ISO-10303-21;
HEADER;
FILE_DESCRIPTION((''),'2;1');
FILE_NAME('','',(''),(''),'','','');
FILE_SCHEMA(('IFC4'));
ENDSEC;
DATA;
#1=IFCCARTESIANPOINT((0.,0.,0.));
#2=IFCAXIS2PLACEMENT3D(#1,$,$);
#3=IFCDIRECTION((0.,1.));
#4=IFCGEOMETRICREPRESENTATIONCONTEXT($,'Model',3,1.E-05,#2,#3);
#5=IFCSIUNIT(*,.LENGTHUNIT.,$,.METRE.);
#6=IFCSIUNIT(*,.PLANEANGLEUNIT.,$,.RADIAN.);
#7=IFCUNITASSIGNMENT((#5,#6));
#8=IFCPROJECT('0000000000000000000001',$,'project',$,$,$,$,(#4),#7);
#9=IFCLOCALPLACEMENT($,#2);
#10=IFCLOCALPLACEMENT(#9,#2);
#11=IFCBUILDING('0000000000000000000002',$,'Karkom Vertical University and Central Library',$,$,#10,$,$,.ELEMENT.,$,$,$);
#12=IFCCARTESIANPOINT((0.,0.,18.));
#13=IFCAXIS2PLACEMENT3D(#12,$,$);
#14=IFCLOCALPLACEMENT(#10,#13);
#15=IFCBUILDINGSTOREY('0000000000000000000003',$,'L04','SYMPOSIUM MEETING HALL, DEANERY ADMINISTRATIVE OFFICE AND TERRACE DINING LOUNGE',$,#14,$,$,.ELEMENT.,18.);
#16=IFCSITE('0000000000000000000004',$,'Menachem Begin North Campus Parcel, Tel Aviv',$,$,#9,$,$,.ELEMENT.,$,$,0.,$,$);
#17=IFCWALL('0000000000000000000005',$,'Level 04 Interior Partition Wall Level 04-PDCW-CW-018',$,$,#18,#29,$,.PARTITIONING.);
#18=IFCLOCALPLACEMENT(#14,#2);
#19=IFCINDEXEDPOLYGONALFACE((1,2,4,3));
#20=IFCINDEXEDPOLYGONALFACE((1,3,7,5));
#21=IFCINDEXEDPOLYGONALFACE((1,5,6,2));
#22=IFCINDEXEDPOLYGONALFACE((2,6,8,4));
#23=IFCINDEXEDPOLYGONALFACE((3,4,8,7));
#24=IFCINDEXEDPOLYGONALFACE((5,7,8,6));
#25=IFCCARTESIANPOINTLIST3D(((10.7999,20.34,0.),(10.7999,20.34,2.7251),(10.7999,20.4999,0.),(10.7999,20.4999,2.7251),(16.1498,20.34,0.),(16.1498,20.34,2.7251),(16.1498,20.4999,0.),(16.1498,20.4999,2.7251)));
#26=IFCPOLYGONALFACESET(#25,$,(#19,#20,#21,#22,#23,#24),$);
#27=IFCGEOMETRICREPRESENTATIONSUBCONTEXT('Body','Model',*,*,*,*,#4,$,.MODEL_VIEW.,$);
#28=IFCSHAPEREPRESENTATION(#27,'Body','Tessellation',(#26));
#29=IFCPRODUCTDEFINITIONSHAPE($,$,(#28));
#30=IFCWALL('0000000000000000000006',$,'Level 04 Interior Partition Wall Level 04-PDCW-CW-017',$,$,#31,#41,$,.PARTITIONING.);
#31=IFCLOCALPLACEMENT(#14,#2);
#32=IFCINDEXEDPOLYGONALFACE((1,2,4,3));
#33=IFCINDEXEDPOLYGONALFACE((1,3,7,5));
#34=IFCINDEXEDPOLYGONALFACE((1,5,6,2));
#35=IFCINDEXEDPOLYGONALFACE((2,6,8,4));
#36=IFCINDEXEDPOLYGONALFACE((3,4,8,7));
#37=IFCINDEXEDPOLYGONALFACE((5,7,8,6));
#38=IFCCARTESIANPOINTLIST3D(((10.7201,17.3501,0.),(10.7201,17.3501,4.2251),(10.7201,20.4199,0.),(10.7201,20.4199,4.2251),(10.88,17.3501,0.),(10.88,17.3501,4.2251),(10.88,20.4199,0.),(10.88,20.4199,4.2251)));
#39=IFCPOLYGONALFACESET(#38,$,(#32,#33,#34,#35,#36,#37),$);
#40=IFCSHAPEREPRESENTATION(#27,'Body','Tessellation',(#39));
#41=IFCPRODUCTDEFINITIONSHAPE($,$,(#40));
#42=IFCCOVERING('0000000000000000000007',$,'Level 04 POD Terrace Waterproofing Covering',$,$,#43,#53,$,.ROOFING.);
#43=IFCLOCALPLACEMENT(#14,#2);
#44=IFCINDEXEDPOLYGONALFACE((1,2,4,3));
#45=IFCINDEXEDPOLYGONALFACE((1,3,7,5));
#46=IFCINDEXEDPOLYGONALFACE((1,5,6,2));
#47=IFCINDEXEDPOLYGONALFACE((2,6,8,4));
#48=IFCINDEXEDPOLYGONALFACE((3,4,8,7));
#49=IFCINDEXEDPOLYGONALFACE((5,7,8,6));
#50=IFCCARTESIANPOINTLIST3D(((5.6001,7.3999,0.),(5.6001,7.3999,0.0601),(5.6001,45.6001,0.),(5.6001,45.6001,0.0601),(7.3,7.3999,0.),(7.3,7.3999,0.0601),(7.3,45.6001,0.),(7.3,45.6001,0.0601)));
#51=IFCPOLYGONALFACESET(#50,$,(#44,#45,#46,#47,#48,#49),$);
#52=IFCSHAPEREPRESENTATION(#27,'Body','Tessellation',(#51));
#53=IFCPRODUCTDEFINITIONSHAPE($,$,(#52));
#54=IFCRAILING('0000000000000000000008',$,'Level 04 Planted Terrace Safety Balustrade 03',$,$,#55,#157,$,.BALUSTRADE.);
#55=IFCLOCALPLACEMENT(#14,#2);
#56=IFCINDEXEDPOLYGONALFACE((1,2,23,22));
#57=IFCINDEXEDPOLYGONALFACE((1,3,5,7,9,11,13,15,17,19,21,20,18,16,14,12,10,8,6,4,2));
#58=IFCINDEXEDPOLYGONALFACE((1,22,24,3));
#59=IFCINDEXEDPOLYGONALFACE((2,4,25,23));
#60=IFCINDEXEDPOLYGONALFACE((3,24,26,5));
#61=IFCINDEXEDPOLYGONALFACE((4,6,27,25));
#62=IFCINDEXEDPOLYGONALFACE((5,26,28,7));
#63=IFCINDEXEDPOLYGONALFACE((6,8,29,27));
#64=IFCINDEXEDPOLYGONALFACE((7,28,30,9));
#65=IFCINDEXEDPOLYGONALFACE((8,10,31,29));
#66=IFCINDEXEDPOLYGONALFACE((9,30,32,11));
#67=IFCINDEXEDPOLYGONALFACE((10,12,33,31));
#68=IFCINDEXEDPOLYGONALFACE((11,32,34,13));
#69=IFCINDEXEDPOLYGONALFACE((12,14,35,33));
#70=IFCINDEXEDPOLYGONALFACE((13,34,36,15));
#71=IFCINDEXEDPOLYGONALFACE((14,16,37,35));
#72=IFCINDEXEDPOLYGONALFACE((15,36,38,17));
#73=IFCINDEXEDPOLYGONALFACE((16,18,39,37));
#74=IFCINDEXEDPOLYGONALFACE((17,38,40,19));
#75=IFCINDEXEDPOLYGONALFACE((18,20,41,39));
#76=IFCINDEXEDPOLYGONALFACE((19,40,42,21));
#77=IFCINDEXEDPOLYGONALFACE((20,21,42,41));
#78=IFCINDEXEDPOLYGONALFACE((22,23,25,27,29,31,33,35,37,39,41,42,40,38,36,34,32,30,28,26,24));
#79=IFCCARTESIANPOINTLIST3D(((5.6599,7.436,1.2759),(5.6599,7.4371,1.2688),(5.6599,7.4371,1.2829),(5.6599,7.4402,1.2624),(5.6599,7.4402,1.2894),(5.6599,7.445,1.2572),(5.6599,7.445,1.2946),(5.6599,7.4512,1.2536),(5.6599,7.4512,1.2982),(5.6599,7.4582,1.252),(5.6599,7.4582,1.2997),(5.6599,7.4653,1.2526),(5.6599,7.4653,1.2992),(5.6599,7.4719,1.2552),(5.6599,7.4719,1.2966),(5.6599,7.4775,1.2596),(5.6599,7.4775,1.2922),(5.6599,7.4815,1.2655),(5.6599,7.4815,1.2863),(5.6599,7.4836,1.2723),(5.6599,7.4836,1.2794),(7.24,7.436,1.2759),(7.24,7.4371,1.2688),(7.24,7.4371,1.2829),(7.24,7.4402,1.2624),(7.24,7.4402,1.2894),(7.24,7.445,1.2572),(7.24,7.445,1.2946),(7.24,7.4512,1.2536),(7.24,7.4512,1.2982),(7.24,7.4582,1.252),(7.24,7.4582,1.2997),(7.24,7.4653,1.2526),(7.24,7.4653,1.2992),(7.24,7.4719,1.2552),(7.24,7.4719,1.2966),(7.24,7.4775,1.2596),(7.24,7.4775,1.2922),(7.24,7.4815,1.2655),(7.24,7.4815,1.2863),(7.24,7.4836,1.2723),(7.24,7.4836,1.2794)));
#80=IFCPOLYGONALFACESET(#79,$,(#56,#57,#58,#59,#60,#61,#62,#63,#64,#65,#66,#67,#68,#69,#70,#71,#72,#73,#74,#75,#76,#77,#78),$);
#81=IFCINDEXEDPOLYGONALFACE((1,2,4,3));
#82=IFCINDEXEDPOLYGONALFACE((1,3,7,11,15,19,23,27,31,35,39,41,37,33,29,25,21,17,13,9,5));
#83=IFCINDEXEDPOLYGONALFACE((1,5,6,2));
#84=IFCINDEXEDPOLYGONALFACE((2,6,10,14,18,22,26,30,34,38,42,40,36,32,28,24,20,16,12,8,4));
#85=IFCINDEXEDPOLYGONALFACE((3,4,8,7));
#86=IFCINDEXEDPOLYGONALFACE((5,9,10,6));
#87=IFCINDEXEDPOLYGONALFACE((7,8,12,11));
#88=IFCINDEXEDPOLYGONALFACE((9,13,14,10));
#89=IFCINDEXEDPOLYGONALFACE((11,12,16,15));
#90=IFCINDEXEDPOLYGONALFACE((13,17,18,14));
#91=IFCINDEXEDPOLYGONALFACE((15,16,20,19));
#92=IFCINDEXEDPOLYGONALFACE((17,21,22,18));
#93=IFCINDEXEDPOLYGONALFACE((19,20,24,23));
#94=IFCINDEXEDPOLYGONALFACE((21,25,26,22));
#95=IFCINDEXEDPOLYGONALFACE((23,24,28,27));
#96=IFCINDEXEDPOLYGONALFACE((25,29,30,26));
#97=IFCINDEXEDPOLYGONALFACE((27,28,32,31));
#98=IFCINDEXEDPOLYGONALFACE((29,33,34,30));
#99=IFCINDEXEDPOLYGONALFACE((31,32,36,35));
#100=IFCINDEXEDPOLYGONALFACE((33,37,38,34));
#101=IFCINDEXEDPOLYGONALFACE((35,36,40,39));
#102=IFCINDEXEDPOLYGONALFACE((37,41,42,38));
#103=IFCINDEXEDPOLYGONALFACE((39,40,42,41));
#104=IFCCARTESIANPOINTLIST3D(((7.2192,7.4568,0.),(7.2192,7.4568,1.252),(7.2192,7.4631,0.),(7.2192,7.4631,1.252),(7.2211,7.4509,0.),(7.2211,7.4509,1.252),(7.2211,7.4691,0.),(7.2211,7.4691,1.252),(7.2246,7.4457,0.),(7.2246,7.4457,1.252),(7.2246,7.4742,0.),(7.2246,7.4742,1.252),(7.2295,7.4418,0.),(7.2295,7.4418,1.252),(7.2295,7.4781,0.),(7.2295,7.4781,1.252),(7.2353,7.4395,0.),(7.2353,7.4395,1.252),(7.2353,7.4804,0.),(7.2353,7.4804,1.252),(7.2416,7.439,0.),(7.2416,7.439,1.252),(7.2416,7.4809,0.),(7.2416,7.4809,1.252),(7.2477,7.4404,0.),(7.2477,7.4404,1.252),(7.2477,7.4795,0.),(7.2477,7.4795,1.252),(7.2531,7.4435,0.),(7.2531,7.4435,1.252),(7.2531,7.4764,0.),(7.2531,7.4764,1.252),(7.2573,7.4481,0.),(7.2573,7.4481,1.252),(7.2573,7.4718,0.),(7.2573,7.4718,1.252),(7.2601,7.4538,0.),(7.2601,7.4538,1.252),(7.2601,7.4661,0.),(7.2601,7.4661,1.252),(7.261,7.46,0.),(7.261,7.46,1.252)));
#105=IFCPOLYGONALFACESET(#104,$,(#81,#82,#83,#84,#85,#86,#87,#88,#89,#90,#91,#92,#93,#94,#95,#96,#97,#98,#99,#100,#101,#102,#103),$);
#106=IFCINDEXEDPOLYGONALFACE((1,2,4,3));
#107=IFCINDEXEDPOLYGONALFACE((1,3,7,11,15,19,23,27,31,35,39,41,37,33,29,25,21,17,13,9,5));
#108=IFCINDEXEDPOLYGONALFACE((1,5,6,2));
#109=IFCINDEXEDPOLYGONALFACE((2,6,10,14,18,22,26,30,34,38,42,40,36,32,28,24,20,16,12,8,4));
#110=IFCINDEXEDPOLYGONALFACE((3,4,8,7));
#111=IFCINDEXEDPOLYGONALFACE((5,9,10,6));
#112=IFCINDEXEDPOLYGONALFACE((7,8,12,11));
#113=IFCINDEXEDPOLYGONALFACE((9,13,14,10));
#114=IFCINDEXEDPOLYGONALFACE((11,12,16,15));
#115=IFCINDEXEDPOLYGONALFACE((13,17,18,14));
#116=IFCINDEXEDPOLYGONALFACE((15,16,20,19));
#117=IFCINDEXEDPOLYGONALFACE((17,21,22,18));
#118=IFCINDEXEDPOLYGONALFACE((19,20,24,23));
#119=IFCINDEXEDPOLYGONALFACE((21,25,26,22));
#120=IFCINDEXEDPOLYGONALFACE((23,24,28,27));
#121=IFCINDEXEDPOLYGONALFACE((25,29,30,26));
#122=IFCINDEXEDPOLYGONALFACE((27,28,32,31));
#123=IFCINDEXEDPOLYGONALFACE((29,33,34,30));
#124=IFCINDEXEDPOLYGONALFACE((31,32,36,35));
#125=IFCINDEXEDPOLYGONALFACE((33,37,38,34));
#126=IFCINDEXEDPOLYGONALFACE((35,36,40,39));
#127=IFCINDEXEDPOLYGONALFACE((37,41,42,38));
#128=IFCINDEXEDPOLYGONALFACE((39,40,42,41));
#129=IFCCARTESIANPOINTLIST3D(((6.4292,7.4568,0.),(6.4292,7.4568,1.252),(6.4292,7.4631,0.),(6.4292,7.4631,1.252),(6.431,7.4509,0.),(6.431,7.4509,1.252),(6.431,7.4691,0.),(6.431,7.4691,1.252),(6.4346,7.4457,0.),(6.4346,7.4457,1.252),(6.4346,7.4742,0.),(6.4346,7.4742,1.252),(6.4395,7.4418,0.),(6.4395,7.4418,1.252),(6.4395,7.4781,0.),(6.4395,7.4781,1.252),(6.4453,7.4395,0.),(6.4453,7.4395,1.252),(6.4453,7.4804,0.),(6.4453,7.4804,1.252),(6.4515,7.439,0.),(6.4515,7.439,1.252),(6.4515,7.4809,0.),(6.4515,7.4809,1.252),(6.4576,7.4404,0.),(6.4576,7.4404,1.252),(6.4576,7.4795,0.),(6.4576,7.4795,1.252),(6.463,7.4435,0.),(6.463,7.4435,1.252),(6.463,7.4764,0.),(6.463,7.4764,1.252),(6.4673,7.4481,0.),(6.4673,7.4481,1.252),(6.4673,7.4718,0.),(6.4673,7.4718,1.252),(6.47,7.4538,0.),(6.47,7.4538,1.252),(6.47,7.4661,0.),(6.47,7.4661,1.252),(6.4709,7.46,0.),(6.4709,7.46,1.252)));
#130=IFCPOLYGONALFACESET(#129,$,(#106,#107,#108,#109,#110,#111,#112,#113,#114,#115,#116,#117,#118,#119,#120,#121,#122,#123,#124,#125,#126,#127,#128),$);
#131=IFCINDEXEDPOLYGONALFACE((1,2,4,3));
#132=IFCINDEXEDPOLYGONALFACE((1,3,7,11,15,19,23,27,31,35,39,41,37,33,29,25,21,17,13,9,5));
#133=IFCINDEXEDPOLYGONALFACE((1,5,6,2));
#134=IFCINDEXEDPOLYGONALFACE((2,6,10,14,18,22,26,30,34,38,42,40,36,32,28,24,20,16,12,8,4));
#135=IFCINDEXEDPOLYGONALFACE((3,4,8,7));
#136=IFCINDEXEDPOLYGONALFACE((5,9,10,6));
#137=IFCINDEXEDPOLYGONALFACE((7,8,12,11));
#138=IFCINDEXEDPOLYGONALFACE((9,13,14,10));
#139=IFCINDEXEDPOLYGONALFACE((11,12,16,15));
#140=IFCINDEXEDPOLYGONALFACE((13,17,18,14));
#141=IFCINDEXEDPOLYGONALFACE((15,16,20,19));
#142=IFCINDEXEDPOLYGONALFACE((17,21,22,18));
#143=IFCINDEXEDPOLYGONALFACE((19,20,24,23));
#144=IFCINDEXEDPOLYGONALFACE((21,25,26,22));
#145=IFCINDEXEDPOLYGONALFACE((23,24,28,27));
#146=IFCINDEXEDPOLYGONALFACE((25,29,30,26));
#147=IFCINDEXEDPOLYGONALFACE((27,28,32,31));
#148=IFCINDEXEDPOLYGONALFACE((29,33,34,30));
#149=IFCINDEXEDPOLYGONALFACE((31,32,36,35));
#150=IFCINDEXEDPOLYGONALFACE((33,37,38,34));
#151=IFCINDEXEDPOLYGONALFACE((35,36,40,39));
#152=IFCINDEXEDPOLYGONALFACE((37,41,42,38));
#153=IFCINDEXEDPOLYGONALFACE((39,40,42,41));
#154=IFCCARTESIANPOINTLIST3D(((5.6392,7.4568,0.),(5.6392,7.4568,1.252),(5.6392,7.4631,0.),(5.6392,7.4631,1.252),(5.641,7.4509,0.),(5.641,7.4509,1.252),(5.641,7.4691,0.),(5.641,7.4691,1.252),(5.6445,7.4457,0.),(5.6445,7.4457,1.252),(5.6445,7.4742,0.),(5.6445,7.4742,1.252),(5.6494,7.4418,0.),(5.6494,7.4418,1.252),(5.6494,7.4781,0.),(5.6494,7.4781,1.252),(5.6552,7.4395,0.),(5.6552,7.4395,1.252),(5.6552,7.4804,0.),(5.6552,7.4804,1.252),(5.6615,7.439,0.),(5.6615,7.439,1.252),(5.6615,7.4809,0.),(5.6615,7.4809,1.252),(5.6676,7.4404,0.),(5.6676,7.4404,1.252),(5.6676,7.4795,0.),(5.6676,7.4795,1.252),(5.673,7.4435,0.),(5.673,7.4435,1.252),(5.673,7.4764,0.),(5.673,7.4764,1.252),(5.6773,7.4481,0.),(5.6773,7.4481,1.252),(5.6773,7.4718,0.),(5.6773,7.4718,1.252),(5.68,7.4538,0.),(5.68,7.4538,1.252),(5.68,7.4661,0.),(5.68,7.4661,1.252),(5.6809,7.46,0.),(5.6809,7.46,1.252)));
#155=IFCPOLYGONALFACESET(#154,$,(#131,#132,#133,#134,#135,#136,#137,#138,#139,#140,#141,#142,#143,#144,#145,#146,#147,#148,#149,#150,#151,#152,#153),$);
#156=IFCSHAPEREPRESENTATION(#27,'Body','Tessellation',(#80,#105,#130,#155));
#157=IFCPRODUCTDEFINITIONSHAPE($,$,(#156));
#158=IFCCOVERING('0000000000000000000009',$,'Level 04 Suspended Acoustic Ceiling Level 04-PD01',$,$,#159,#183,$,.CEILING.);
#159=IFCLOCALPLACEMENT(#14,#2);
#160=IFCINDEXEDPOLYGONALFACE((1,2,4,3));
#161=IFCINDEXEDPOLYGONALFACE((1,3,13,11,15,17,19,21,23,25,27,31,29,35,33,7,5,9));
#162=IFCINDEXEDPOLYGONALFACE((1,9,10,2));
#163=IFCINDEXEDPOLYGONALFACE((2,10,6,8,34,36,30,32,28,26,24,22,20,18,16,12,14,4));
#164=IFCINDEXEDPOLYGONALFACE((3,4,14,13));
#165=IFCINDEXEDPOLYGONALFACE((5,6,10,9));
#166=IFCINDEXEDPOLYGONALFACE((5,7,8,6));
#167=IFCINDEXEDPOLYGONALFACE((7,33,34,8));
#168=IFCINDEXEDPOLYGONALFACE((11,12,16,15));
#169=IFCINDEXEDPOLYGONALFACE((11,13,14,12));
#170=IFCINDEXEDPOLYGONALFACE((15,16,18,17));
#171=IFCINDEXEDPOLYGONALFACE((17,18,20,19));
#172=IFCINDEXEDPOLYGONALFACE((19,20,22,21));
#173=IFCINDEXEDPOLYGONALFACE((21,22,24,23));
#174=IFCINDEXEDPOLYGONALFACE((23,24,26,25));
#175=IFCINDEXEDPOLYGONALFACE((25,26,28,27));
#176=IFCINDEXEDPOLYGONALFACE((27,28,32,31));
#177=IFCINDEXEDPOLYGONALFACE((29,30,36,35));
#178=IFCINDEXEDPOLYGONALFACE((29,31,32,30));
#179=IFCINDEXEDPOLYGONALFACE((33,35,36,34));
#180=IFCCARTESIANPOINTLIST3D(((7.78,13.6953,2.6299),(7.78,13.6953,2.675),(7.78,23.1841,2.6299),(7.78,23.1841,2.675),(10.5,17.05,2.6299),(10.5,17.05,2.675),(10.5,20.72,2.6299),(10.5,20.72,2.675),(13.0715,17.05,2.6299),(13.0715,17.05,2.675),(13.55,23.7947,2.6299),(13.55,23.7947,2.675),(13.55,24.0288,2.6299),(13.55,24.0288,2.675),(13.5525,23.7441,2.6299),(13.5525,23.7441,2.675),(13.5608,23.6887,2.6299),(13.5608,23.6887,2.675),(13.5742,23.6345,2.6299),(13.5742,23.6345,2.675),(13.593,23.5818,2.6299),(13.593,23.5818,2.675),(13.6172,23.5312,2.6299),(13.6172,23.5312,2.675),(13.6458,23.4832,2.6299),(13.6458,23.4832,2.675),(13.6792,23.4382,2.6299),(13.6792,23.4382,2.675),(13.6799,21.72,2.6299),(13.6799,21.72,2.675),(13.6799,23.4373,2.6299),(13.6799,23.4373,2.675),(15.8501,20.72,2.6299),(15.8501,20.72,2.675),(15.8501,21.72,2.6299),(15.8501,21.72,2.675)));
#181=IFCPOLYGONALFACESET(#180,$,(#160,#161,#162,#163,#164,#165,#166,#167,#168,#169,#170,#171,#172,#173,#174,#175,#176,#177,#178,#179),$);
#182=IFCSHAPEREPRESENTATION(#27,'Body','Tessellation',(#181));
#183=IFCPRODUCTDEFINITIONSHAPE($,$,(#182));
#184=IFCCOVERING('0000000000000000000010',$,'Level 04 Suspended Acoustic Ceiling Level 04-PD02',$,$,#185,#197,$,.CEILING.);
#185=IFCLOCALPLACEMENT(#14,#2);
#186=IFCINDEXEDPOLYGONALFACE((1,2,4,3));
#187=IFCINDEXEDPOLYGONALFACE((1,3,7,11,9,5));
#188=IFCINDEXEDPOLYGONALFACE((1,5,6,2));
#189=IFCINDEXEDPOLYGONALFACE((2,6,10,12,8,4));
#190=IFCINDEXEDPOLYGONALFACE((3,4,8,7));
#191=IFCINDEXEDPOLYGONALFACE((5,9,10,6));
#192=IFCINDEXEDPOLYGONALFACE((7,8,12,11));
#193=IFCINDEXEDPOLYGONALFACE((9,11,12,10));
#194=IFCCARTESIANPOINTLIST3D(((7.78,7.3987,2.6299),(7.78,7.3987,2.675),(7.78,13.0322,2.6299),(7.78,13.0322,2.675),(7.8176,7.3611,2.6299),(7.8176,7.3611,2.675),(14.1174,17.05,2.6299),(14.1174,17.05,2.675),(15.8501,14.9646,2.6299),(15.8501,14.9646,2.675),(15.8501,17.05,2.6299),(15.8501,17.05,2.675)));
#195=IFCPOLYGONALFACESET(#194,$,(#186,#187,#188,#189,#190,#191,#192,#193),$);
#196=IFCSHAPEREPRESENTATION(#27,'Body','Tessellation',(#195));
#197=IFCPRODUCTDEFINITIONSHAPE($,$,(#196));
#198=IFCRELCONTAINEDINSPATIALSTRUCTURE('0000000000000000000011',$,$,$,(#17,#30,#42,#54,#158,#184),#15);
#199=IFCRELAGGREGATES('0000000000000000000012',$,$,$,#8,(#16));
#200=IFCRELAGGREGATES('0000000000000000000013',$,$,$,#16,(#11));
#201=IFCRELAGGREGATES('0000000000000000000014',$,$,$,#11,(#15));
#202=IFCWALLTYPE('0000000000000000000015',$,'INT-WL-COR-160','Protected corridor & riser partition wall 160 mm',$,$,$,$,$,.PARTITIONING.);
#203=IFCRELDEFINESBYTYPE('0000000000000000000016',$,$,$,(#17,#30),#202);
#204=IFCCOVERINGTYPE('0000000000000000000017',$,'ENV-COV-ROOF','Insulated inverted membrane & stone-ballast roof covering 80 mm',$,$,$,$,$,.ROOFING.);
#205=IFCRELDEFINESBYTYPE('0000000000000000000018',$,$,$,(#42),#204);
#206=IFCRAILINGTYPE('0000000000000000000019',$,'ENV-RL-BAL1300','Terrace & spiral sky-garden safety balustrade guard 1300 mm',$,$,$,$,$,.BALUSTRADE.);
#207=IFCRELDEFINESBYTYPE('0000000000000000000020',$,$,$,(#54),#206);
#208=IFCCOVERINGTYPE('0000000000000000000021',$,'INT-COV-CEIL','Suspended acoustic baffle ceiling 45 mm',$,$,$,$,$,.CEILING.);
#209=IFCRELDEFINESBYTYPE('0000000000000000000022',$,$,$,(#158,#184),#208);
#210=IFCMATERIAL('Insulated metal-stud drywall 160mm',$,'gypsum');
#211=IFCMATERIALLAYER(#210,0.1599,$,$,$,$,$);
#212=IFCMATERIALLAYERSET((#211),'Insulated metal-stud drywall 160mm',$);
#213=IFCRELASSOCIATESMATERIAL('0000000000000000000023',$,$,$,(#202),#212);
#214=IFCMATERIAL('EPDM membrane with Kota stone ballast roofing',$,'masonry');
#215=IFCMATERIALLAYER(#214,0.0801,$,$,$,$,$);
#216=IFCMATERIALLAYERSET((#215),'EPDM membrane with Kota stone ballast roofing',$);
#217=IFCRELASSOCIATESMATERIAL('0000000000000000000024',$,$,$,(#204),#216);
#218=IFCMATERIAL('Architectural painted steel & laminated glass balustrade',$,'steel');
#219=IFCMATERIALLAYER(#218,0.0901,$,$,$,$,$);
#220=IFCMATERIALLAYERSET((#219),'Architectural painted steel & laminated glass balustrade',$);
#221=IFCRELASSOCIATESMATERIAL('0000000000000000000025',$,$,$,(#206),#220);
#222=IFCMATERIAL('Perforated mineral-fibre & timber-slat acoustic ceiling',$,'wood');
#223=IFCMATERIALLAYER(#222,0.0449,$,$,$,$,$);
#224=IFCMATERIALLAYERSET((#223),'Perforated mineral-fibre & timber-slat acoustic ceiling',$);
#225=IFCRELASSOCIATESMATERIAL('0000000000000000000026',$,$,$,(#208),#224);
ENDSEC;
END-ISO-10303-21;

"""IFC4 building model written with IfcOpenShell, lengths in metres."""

from ifc_helpers import new_model, si_unit, direction, frame, frame_2d, origin, origin_2d, place, context, subcontext, project, spatial, polyline, rectangle, circle, outline, extrude, material, layer, layer_set, type_object, element, save


model = new_model("IFC4")

# Units and contexts
model_context = context("Model", 3, precision=1e-05, world=origin(), true_north=direction((0.0, 1.0)))
body_context = subcontext(model_context, "Body", "Model", "MODEL_VIEW")
ifc_project = project(units=[si_unit("LENGTHUNIT", "METRE"), si_unit("PLANEANGLEUNIT", "RADIAN")], contexts=[model_context])

# Site, building, storey
site_placement = place(None, origin())
site = spatial("IfcSite", under=ifc_project, at=site_placement, Name="Menachem Begin North Campus Parcel, Tel Aviv", CompositionType="ELEMENT", RefElevation=0.0)
building_placement = place(site_placement, origin())
building = spatial("IfcBuilding", under=site, at=building_placement, Name="Karkom Vertical University and Central Library", CompositionType="ELEMENT")
storey_placement = place(building_placement, frame((0.0, 0.0, 18.0)))
storey = spatial("IfcBuildingStorey", under=building, at=storey_placement, Name="L04", Description="SYMPOSIUM MEETING HALL, DEANERY ADMINISTRATIVE OFFICE AND TERRACE DINING LOUNGE", CompositionType="ELEMENT", Elevation=18.0)

# Walls
ifc_material_1 = material(Name="Insulated metal-stud drywall 160mm", Category="gypsum")
ifc_layer_1 = layer(ifc_material_1, 0.1599)
ifc_layer_set_1 = layer_set([ifc_layer_1], Name="Insulated metal-stud drywall 160mm")
wall_type_1 = type_object("IfcWallType", Name="INT-WL-COR-160", Description="Protected corridor & riser partition wall 160 mm", PredefinedType="PARTITIONING", material=ifc_layer_set_1)
wall_1_placement = place(storey_placement, frame((10.8, 20.4199, 0.0), z_axis=(0.0, 0.0, 1.0), x_axis=(1.0, 0.0, 0.0)))
element("IfcWall", 1, at=wall_1_placement, inside=storey, type_object=wall_type_1, Name="Level 04 Interior Partition Wall Level 04-PDCW-CW-018", PredefinedType="PARTITIONING", context=body_context, shape_type="SweptSolid", body=[
    extrude(rectangle(XDim=5.3499, YDim=0.1599, at=frame_2d((2.6748, 0.0))), origin(), (0.0, 0.0, 1.0), 2.7251),
])
wall_2_placement = place(storey_placement, frame((10.8, 17.3501, 0.0), z_axis=(0.0, 0.0, 1.0), x_axis=(0.0, 1.0, 0.0)))
element("IfcWall", 2, at=wall_2_placement, inside=storey, type_object=wall_type_1, Name="Level 04 Interior Partition Wall Level 04-PDCW-CW-017", PredefinedType="PARTITIONING", context=body_context, shape_type="SweptSolid", body=[
    extrude(rectangle(XDim=3.0698, YDim=0.1599, at=frame_2d((1.5349, 0.0))), origin(), (0.0, 0.0, 1.0), 4.2251),
])

# Covering
ifc_material_2 = material(Name="EPDM membrane with Kota stone ballast roofing", Category="masonry")
ifc_layer_2 = layer(ifc_material_2, 0.0801)
ifc_layer_set_2 = layer_set([ifc_layer_2], Name="EPDM membrane with Kota stone ballast roofing")
covering_type_1 = type_object("IfcCoveringType", Name="ENV-COV-ROOF", Description="Insulated inverted membrane & stone-ballast roof covering 80 mm", PredefinedType="ROOFING", material=ifc_layer_set_2)
covering_1_placement = place(storey_placement, origin())
element("IfcCovering", 3, at=covering_1_placement, inside=storey, type_object=covering_type_1, Name="Level 04 POD Terrace Waterproofing Covering", PredefinedType="ROOFING", context=body_context, shape_type="SweptSolid", body=[
    extrude(outline(polyline([(5.6001, 7.3999), (7.3, 7.3999), (7.3, 45.6001), (5.6001, 45.6001), (5.6001, 7.3999)])), origin(), (0.0, 0.0, 1.0), 0.0601),
])

# Railing
ifc_material_3 = material(Name="Architectural painted steel & laminated glass balustrade", Category="steel")
ifc_layer_3 = layer(ifc_material_3, 0.0901)
ifc_layer_set_3 = layer_set([ifc_layer_3], Name="Architectural painted steel & laminated glass balustrade")
railing_type = type_object("IfcRailingType", Name="ENV-RL-BAL1300", Description="Terrace & spiral sky-garden safety balustrade guard 1300 mm", PredefinedType="BALUSTRADE", material=ifc_layer_set_3)
railing_1_placement = place(storey_placement, frame((7.24, 7.46, 0.0)))
element("IfcRailing", 4, at=railing_1_placement, inside=storey, type_object=railing_type, Name="Level 04 Planted Terrace Safety Balustrade 03", PredefinedType="BALUSTRADE", context=body_context, shape_type="SweptSolid", body=[
    extrude(circle(Radius=0.0239, at=origin_2d()), frame((0.0, 0.0, 1.2759), z_axis=(-1.0, 0.0, 0.0), x_axis=(0.0, -1.0, 0.0)), (0.0, 0.0, 1.0), 1.5801),
    extrude(circle(Radius=0.021, at=origin_2d()), origin(), (0.0, 0.0, 1.0), 1.252),
    extrude(circle(Radius=0.021, at=origin_2d()), frame((-0.79, 0.0, 0.0)), (0.0, 0.0, 1.0), 1.252),
    extrude(circle(Radius=0.021, at=origin_2d()), frame((-1.5801, 0.0, 0.0)), (0.0, 0.0, 1.0), 1.252),
])

# Coverings
ifc_material_4 = material(Name="Perforated mineral-fibre & timber-slat acoustic ceiling", Category="wood")
ifc_layer_4 = layer(ifc_material_4, 0.0449)
ifc_layer_set_4 = layer_set([ifc_layer_4], Name="Perforated mineral-fibre & timber-slat acoustic ceiling")
covering_type_2 = type_object("IfcCoveringType", Name="INT-COV-CEIL", Description="Suspended acoustic baffle ceiling 45 mm", PredefinedType="CEILING", material=ifc_layer_set_4)
covering_2_placement = place(storey_placement, frame((0.0, 0.0, 2.6299)))
element("IfcCovering", 5, at=covering_2_placement, inside=storey, type_object=covering_type_2, Name="Level 04 Suspended Acoustic Ceiling Level 04-PD01", PredefinedType="CEILING", context=body_context, shape_type="SweptSolid", body=[
    extrude(outline(polyline([(13.6799, 21.72), (15.8501, 21.72), (15.8501, 20.72), (10.5, 20.72), (10.5, 17.05), (13.0715, 17.05), (7.78, 13.6953), (7.78, 23.1841), (13.55, 24.0288), (13.55, 23.7947), (13.5525, 23.7441), (13.5608, 23.6887), (13.5742, 23.6345), (13.593, 23.5818), (13.6172, 23.5312), (13.6458, 23.4832), (13.6792, 23.4382), (13.6799, 23.4373), (13.6799, 21.72)])), origin(), (0.0, 0.0, 1.0), 0.0452),
])
covering_3_placement = place(storey_placement, frame((0.0, 0.0, 2.6299)))
element("IfcCovering", 6, at=covering_3_placement, inside=storey, type_object=covering_type_2, Name="Level 04 Suspended Acoustic Ceiling Level 04-PD02", PredefinedType="CEILING", context=body_context, shape_type="SweptSolid", body=[
    extrude(outline(polyline([(15.8501, 17.05), (15.8501, 14.9646), (7.8176, 7.3611), (7.78, 7.3987), (7.78, 13.0322), (14.1174, 17.05), (15.8501, 17.05)])), origin(), (0.0, 0.0, 1.0), 0.0452),
])

save(model, "model.ifc")
